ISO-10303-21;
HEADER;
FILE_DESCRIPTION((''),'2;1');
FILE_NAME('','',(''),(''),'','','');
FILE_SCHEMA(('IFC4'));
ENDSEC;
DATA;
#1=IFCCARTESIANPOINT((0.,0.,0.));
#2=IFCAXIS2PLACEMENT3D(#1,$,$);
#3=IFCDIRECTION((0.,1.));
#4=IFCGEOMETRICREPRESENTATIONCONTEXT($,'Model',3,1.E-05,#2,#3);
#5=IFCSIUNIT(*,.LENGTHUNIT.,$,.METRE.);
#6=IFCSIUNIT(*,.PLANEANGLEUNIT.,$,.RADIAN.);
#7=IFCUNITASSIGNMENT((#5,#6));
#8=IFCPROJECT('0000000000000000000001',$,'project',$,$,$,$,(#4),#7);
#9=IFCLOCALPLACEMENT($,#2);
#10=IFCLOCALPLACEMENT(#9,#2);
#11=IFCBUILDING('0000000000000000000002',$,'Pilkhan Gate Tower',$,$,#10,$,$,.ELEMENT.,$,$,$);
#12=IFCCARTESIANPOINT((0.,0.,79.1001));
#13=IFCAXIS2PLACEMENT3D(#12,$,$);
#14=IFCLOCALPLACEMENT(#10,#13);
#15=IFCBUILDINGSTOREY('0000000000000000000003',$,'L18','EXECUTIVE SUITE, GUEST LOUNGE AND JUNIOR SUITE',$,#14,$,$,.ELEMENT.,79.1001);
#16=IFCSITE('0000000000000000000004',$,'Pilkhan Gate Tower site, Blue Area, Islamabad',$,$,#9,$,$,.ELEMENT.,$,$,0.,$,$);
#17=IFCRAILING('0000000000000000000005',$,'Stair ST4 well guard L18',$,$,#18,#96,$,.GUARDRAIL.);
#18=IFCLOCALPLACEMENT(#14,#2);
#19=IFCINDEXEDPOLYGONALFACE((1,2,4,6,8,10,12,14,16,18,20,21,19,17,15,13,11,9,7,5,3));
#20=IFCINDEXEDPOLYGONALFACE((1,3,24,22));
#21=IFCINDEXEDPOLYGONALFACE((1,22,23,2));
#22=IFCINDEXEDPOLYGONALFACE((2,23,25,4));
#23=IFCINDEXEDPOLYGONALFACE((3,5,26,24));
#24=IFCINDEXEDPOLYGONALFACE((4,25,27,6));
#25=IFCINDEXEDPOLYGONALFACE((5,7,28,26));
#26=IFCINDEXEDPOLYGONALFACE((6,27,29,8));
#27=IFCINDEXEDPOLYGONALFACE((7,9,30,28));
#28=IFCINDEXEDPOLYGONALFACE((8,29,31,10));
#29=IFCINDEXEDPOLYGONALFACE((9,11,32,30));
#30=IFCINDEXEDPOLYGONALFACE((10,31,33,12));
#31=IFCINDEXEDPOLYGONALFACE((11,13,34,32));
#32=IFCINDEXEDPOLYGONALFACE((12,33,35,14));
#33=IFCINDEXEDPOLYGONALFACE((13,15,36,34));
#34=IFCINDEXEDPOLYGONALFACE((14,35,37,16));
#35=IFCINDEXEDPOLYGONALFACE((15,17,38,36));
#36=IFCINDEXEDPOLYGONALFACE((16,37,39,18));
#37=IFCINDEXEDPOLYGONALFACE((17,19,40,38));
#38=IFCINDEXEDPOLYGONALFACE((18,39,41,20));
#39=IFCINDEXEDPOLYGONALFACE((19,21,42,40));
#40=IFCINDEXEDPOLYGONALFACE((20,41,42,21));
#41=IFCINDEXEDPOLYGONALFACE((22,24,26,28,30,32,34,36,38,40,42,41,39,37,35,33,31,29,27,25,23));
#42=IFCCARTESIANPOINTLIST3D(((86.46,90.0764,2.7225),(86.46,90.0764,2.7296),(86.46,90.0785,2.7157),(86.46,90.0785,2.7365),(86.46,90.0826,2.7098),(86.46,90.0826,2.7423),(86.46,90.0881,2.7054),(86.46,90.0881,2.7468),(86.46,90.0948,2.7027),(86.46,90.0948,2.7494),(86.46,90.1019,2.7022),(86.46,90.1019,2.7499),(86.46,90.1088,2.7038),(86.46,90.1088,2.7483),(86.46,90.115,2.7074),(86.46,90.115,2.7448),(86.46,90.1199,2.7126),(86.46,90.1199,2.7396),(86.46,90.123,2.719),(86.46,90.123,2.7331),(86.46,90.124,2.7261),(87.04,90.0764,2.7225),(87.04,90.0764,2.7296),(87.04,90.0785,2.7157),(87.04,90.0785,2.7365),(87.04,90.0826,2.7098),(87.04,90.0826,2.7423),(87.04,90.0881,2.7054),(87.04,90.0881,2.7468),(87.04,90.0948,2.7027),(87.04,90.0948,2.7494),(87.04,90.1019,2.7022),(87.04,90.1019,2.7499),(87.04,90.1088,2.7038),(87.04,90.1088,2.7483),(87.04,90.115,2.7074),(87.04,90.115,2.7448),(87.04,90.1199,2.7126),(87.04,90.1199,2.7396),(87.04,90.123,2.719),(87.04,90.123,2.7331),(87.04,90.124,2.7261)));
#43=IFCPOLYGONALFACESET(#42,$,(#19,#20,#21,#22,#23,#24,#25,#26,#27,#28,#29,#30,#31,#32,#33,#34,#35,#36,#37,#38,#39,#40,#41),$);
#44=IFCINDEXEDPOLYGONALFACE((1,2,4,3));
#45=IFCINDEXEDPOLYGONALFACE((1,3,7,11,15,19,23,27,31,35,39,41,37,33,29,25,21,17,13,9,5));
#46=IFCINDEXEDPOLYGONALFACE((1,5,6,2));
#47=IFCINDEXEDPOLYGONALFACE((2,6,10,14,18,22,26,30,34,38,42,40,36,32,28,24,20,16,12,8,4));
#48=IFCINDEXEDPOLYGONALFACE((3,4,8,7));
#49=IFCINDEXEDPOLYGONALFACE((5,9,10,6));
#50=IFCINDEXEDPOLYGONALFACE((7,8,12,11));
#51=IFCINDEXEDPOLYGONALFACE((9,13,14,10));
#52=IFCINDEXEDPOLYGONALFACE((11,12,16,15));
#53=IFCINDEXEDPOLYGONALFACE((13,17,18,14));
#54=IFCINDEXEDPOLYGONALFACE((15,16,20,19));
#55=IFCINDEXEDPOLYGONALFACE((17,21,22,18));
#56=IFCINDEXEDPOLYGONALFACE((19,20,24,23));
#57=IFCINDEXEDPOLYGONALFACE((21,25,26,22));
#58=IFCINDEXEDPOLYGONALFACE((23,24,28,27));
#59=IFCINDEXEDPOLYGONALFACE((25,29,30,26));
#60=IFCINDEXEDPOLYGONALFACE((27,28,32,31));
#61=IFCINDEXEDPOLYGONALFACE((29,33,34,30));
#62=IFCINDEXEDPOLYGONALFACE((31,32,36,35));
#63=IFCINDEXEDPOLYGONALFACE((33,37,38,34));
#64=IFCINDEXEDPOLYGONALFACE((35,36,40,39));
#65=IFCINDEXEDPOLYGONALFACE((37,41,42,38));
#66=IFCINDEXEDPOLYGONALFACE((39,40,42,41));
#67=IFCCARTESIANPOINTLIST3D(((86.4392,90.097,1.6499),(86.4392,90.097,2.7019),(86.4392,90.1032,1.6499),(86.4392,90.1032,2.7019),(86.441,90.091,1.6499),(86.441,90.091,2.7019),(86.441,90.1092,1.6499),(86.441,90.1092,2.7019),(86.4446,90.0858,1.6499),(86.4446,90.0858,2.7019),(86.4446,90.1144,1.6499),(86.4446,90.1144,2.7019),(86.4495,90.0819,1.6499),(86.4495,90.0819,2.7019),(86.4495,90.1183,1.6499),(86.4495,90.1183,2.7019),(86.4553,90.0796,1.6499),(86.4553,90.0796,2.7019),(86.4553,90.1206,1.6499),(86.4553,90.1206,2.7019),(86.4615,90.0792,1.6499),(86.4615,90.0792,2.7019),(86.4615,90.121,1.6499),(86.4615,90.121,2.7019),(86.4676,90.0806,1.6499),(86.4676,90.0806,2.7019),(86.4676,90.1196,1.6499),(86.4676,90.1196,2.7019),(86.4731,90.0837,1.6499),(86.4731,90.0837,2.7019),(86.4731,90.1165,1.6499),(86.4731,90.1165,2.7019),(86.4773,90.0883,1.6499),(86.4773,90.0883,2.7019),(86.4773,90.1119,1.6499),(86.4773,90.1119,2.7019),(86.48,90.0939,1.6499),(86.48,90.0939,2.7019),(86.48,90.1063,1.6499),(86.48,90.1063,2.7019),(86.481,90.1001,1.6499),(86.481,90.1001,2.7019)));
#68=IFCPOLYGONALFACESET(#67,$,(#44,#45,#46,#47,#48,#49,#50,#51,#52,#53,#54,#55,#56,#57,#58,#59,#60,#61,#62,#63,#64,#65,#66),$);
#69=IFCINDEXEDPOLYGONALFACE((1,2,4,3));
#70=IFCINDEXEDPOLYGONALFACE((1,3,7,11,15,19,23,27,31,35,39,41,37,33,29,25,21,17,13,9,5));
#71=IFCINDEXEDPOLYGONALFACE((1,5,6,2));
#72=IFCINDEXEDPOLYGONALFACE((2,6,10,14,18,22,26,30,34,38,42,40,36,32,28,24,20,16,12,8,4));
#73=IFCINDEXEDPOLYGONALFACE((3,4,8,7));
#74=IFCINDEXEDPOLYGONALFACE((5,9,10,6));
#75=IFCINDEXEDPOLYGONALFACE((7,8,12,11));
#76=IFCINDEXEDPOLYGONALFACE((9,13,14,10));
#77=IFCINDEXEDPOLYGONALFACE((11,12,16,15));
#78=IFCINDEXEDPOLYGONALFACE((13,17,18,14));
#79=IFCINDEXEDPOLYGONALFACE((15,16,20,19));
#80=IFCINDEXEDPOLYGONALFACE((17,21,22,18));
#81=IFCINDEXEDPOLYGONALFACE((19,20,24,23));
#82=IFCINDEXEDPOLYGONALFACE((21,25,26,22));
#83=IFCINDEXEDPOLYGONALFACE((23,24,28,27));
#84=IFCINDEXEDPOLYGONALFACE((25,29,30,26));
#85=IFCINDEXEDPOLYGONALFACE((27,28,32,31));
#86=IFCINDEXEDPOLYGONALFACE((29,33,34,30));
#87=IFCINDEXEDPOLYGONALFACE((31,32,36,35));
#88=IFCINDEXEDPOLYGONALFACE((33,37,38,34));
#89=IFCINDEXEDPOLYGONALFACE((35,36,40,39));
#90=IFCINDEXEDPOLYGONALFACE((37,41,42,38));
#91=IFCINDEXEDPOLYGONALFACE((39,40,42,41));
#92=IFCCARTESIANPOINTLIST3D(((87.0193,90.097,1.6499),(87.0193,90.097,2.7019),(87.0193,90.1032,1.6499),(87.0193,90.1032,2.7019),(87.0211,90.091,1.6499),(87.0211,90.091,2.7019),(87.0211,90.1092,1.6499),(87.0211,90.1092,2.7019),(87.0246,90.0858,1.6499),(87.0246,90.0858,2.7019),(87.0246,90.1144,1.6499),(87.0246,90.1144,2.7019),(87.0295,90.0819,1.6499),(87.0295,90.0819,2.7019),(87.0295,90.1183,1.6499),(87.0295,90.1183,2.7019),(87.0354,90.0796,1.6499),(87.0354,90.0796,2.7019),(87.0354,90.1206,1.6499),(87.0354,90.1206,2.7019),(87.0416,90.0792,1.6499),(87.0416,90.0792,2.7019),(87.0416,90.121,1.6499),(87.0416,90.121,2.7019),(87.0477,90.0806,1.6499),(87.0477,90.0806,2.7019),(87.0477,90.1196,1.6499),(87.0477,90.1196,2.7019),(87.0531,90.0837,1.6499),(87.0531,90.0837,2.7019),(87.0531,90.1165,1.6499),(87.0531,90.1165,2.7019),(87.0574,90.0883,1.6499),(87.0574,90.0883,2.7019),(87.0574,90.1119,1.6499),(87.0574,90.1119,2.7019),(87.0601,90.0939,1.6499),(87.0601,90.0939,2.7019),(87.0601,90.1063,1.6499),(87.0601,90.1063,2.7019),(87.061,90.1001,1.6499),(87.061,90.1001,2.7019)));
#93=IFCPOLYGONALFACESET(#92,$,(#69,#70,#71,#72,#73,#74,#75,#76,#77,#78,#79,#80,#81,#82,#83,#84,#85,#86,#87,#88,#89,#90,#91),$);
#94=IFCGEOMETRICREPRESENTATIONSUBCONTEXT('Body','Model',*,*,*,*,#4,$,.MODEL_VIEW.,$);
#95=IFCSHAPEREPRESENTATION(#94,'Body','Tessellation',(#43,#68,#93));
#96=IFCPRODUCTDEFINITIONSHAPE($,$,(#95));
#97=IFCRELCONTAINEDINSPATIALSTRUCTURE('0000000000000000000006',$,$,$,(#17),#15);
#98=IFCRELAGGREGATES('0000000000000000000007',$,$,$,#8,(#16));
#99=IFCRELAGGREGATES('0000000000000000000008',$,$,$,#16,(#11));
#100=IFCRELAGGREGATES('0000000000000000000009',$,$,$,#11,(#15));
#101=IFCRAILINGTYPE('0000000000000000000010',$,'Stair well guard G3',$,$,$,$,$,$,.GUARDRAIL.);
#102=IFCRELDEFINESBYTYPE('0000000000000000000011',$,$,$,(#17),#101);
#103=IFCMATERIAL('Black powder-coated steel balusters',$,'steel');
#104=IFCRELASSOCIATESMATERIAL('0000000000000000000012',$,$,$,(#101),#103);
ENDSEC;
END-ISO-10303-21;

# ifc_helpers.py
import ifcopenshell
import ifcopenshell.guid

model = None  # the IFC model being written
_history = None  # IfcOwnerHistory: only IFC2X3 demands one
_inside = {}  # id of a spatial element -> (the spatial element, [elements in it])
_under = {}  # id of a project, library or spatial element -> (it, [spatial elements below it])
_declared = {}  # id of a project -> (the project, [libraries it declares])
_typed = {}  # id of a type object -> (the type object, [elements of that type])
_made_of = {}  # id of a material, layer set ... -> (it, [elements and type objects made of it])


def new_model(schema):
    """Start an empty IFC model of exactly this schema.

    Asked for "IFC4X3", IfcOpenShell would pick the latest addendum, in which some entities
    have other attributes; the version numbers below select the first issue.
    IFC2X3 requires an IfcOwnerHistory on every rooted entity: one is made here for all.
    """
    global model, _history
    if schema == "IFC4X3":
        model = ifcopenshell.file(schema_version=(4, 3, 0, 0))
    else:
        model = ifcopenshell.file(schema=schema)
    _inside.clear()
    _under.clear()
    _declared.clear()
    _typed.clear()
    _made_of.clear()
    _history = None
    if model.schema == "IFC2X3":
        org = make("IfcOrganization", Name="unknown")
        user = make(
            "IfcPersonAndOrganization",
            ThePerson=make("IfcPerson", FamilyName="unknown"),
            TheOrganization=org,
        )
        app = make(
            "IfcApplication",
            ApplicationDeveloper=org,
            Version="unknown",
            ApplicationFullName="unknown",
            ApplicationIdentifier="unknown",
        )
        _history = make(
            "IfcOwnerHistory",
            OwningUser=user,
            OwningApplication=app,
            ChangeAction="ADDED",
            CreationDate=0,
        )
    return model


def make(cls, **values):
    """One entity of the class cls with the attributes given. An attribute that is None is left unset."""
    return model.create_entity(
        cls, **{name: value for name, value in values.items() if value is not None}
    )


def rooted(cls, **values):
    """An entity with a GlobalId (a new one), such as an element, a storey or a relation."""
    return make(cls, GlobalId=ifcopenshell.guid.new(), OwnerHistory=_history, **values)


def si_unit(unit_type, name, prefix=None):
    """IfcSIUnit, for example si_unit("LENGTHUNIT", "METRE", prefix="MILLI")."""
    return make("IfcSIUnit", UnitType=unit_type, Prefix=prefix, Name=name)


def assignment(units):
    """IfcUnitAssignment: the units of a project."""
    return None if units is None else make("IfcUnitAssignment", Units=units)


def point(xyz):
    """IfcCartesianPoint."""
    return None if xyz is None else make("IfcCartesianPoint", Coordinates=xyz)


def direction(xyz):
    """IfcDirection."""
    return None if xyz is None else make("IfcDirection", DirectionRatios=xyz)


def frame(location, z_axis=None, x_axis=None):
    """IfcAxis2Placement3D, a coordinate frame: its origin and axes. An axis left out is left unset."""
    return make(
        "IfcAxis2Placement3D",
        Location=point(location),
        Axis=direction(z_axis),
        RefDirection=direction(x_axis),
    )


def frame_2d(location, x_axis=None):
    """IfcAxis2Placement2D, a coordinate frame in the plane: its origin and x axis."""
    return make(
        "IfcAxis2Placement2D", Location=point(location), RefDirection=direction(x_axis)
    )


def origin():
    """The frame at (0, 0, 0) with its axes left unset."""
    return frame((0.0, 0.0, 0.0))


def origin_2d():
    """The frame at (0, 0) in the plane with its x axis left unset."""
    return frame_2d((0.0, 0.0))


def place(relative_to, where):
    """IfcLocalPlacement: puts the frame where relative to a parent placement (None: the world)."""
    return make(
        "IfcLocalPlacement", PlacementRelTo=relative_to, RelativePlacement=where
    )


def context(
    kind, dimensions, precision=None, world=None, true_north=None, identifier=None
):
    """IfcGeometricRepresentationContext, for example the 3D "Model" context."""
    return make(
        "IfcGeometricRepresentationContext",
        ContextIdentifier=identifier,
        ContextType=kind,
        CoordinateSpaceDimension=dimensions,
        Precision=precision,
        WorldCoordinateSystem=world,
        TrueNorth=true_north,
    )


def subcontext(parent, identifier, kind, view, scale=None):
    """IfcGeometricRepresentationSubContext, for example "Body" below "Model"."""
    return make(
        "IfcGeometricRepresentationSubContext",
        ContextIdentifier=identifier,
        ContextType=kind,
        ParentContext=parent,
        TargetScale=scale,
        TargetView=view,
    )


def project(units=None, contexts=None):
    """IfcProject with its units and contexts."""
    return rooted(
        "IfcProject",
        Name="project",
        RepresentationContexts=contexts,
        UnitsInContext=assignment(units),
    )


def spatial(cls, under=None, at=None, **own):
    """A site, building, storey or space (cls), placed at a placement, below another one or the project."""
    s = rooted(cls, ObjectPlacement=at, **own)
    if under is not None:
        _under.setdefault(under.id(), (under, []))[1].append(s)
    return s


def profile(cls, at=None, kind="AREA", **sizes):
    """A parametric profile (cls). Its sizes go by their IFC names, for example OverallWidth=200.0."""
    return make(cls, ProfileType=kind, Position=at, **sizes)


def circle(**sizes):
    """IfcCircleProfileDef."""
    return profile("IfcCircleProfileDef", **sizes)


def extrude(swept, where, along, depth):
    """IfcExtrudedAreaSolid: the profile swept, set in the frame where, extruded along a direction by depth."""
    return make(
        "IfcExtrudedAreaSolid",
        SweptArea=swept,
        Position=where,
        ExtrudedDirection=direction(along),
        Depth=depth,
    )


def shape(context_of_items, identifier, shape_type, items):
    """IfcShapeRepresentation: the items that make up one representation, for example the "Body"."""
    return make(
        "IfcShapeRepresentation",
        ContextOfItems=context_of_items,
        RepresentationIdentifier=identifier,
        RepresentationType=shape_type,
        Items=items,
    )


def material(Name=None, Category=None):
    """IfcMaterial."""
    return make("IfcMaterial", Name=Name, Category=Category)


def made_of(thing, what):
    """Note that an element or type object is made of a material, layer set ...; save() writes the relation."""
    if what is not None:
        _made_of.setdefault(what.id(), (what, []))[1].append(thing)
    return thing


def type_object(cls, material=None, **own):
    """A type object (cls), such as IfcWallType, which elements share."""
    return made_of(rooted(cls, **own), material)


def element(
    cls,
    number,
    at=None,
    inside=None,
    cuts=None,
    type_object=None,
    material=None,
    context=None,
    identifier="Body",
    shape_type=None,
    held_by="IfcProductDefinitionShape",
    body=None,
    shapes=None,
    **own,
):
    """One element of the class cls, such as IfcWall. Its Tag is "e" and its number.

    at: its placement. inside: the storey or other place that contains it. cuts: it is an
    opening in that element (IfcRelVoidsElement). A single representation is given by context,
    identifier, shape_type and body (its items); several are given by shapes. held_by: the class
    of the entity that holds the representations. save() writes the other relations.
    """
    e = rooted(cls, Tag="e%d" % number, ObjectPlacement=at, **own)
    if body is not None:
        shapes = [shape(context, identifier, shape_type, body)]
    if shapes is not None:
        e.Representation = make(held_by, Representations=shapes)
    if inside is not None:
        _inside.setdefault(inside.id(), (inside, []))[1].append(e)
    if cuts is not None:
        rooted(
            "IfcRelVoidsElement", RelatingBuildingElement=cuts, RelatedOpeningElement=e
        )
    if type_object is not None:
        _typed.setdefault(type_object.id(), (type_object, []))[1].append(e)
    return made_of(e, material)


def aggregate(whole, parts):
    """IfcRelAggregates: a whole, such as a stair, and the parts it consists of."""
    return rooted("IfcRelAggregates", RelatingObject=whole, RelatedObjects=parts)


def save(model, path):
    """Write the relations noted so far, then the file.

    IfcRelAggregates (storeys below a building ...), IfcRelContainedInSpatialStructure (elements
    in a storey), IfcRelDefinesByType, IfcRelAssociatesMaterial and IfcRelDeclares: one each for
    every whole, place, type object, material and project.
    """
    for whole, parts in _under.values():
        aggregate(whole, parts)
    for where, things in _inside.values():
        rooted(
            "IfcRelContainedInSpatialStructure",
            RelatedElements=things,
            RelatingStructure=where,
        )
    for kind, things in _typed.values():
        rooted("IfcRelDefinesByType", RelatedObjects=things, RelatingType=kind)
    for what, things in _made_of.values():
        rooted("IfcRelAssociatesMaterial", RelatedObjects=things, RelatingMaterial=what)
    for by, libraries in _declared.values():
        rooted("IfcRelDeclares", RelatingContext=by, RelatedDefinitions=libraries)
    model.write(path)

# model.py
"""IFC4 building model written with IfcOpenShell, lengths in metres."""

from ifc_helpers import new_model, si_unit, direction, frame, origin, origin_2d, place, context, subcontext, project, spatial, circle, extrude, material, type_object, element, save


model = new_model("IFC4")

# Units and contexts
model_context = context("Model", 3, precision=1e-05, world=origin(), true_north=direction((0.0, 1.0)))
body_context = subcontext(model_context, "Body", "Model", "MODEL_VIEW")
ifc_project = project(units=[si_unit("LENGTHUNIT", "METRE"), si_unit("PLANEANGLEUNIT", "RADIAN")], contexts=[model_context])

# Site, building, storey
site_placement = place(None, origin())
site = spatial("IfcSite", under=ifc_project, at=site_placement, Name="Pilkhan Gate Tower site, Blue Area, Islamabad", CompositionType="ELEMENT", RefElevation=0.0)
building_placement = place(site_placement, origin())
building = spatial("IfcBuilding", under=site, at=building_placement, Name="Pilkhan Gate Tower", CompositionType="ELEMENT")
storey_placement = place(building_placement, frame((0.0, 0.0, 79.1001)))
storey = spatial("IfcBuildingStorey", under=building, at=storey_placement, Name="L18", Description="EXECUTIVE SUITE, GUEST LOUNGE AND JUNIOR SUITE", CompositionType="ELEMENT", Elevation=79.1001)

# Railing
ifc_material_1 = material(Name="Black powder-coated steel balusters", Category="steel")
railing_type_1 = type_object("IfcRailingType", Name="Stair well guard G3", PredefinedType="GUARDRAIL", material=ifc_material_1)
for number, where, name in (
    (1, (86.46, 90.1001, 1.6499), "Stair ST4 well guard L18"),
):
    element("IfcRailing", number, at=place(storey_placement, frame(where)), inside=storey, type_object=railing_type_1, Name=name, PredefinedType="GUARDRAIL", context=body_context, shape_type="SweptSolid", body=[
        extrude(circle(Radius=0.0239, at=origin_2d()), frame((0.0, 0.0, 1.0762), z_axis=(1.0, 0.0, 0.0), x_axis=(0.0, 1.0, 0.0)), (0.0, 0.0, 1.0), 0.5801),
        extrude(circle(Radius=0.021, at=origin_2d()), origin(), (0.0, 0.0, 1.0), 1.052),
        extrude(circle(Radius=0.021, at=origin_2d()), frame((0.5801, 0.0, 0.0)), (0.0, 0.0, 1.0), 1.052),
    ])

save(model, "model.ifc")
